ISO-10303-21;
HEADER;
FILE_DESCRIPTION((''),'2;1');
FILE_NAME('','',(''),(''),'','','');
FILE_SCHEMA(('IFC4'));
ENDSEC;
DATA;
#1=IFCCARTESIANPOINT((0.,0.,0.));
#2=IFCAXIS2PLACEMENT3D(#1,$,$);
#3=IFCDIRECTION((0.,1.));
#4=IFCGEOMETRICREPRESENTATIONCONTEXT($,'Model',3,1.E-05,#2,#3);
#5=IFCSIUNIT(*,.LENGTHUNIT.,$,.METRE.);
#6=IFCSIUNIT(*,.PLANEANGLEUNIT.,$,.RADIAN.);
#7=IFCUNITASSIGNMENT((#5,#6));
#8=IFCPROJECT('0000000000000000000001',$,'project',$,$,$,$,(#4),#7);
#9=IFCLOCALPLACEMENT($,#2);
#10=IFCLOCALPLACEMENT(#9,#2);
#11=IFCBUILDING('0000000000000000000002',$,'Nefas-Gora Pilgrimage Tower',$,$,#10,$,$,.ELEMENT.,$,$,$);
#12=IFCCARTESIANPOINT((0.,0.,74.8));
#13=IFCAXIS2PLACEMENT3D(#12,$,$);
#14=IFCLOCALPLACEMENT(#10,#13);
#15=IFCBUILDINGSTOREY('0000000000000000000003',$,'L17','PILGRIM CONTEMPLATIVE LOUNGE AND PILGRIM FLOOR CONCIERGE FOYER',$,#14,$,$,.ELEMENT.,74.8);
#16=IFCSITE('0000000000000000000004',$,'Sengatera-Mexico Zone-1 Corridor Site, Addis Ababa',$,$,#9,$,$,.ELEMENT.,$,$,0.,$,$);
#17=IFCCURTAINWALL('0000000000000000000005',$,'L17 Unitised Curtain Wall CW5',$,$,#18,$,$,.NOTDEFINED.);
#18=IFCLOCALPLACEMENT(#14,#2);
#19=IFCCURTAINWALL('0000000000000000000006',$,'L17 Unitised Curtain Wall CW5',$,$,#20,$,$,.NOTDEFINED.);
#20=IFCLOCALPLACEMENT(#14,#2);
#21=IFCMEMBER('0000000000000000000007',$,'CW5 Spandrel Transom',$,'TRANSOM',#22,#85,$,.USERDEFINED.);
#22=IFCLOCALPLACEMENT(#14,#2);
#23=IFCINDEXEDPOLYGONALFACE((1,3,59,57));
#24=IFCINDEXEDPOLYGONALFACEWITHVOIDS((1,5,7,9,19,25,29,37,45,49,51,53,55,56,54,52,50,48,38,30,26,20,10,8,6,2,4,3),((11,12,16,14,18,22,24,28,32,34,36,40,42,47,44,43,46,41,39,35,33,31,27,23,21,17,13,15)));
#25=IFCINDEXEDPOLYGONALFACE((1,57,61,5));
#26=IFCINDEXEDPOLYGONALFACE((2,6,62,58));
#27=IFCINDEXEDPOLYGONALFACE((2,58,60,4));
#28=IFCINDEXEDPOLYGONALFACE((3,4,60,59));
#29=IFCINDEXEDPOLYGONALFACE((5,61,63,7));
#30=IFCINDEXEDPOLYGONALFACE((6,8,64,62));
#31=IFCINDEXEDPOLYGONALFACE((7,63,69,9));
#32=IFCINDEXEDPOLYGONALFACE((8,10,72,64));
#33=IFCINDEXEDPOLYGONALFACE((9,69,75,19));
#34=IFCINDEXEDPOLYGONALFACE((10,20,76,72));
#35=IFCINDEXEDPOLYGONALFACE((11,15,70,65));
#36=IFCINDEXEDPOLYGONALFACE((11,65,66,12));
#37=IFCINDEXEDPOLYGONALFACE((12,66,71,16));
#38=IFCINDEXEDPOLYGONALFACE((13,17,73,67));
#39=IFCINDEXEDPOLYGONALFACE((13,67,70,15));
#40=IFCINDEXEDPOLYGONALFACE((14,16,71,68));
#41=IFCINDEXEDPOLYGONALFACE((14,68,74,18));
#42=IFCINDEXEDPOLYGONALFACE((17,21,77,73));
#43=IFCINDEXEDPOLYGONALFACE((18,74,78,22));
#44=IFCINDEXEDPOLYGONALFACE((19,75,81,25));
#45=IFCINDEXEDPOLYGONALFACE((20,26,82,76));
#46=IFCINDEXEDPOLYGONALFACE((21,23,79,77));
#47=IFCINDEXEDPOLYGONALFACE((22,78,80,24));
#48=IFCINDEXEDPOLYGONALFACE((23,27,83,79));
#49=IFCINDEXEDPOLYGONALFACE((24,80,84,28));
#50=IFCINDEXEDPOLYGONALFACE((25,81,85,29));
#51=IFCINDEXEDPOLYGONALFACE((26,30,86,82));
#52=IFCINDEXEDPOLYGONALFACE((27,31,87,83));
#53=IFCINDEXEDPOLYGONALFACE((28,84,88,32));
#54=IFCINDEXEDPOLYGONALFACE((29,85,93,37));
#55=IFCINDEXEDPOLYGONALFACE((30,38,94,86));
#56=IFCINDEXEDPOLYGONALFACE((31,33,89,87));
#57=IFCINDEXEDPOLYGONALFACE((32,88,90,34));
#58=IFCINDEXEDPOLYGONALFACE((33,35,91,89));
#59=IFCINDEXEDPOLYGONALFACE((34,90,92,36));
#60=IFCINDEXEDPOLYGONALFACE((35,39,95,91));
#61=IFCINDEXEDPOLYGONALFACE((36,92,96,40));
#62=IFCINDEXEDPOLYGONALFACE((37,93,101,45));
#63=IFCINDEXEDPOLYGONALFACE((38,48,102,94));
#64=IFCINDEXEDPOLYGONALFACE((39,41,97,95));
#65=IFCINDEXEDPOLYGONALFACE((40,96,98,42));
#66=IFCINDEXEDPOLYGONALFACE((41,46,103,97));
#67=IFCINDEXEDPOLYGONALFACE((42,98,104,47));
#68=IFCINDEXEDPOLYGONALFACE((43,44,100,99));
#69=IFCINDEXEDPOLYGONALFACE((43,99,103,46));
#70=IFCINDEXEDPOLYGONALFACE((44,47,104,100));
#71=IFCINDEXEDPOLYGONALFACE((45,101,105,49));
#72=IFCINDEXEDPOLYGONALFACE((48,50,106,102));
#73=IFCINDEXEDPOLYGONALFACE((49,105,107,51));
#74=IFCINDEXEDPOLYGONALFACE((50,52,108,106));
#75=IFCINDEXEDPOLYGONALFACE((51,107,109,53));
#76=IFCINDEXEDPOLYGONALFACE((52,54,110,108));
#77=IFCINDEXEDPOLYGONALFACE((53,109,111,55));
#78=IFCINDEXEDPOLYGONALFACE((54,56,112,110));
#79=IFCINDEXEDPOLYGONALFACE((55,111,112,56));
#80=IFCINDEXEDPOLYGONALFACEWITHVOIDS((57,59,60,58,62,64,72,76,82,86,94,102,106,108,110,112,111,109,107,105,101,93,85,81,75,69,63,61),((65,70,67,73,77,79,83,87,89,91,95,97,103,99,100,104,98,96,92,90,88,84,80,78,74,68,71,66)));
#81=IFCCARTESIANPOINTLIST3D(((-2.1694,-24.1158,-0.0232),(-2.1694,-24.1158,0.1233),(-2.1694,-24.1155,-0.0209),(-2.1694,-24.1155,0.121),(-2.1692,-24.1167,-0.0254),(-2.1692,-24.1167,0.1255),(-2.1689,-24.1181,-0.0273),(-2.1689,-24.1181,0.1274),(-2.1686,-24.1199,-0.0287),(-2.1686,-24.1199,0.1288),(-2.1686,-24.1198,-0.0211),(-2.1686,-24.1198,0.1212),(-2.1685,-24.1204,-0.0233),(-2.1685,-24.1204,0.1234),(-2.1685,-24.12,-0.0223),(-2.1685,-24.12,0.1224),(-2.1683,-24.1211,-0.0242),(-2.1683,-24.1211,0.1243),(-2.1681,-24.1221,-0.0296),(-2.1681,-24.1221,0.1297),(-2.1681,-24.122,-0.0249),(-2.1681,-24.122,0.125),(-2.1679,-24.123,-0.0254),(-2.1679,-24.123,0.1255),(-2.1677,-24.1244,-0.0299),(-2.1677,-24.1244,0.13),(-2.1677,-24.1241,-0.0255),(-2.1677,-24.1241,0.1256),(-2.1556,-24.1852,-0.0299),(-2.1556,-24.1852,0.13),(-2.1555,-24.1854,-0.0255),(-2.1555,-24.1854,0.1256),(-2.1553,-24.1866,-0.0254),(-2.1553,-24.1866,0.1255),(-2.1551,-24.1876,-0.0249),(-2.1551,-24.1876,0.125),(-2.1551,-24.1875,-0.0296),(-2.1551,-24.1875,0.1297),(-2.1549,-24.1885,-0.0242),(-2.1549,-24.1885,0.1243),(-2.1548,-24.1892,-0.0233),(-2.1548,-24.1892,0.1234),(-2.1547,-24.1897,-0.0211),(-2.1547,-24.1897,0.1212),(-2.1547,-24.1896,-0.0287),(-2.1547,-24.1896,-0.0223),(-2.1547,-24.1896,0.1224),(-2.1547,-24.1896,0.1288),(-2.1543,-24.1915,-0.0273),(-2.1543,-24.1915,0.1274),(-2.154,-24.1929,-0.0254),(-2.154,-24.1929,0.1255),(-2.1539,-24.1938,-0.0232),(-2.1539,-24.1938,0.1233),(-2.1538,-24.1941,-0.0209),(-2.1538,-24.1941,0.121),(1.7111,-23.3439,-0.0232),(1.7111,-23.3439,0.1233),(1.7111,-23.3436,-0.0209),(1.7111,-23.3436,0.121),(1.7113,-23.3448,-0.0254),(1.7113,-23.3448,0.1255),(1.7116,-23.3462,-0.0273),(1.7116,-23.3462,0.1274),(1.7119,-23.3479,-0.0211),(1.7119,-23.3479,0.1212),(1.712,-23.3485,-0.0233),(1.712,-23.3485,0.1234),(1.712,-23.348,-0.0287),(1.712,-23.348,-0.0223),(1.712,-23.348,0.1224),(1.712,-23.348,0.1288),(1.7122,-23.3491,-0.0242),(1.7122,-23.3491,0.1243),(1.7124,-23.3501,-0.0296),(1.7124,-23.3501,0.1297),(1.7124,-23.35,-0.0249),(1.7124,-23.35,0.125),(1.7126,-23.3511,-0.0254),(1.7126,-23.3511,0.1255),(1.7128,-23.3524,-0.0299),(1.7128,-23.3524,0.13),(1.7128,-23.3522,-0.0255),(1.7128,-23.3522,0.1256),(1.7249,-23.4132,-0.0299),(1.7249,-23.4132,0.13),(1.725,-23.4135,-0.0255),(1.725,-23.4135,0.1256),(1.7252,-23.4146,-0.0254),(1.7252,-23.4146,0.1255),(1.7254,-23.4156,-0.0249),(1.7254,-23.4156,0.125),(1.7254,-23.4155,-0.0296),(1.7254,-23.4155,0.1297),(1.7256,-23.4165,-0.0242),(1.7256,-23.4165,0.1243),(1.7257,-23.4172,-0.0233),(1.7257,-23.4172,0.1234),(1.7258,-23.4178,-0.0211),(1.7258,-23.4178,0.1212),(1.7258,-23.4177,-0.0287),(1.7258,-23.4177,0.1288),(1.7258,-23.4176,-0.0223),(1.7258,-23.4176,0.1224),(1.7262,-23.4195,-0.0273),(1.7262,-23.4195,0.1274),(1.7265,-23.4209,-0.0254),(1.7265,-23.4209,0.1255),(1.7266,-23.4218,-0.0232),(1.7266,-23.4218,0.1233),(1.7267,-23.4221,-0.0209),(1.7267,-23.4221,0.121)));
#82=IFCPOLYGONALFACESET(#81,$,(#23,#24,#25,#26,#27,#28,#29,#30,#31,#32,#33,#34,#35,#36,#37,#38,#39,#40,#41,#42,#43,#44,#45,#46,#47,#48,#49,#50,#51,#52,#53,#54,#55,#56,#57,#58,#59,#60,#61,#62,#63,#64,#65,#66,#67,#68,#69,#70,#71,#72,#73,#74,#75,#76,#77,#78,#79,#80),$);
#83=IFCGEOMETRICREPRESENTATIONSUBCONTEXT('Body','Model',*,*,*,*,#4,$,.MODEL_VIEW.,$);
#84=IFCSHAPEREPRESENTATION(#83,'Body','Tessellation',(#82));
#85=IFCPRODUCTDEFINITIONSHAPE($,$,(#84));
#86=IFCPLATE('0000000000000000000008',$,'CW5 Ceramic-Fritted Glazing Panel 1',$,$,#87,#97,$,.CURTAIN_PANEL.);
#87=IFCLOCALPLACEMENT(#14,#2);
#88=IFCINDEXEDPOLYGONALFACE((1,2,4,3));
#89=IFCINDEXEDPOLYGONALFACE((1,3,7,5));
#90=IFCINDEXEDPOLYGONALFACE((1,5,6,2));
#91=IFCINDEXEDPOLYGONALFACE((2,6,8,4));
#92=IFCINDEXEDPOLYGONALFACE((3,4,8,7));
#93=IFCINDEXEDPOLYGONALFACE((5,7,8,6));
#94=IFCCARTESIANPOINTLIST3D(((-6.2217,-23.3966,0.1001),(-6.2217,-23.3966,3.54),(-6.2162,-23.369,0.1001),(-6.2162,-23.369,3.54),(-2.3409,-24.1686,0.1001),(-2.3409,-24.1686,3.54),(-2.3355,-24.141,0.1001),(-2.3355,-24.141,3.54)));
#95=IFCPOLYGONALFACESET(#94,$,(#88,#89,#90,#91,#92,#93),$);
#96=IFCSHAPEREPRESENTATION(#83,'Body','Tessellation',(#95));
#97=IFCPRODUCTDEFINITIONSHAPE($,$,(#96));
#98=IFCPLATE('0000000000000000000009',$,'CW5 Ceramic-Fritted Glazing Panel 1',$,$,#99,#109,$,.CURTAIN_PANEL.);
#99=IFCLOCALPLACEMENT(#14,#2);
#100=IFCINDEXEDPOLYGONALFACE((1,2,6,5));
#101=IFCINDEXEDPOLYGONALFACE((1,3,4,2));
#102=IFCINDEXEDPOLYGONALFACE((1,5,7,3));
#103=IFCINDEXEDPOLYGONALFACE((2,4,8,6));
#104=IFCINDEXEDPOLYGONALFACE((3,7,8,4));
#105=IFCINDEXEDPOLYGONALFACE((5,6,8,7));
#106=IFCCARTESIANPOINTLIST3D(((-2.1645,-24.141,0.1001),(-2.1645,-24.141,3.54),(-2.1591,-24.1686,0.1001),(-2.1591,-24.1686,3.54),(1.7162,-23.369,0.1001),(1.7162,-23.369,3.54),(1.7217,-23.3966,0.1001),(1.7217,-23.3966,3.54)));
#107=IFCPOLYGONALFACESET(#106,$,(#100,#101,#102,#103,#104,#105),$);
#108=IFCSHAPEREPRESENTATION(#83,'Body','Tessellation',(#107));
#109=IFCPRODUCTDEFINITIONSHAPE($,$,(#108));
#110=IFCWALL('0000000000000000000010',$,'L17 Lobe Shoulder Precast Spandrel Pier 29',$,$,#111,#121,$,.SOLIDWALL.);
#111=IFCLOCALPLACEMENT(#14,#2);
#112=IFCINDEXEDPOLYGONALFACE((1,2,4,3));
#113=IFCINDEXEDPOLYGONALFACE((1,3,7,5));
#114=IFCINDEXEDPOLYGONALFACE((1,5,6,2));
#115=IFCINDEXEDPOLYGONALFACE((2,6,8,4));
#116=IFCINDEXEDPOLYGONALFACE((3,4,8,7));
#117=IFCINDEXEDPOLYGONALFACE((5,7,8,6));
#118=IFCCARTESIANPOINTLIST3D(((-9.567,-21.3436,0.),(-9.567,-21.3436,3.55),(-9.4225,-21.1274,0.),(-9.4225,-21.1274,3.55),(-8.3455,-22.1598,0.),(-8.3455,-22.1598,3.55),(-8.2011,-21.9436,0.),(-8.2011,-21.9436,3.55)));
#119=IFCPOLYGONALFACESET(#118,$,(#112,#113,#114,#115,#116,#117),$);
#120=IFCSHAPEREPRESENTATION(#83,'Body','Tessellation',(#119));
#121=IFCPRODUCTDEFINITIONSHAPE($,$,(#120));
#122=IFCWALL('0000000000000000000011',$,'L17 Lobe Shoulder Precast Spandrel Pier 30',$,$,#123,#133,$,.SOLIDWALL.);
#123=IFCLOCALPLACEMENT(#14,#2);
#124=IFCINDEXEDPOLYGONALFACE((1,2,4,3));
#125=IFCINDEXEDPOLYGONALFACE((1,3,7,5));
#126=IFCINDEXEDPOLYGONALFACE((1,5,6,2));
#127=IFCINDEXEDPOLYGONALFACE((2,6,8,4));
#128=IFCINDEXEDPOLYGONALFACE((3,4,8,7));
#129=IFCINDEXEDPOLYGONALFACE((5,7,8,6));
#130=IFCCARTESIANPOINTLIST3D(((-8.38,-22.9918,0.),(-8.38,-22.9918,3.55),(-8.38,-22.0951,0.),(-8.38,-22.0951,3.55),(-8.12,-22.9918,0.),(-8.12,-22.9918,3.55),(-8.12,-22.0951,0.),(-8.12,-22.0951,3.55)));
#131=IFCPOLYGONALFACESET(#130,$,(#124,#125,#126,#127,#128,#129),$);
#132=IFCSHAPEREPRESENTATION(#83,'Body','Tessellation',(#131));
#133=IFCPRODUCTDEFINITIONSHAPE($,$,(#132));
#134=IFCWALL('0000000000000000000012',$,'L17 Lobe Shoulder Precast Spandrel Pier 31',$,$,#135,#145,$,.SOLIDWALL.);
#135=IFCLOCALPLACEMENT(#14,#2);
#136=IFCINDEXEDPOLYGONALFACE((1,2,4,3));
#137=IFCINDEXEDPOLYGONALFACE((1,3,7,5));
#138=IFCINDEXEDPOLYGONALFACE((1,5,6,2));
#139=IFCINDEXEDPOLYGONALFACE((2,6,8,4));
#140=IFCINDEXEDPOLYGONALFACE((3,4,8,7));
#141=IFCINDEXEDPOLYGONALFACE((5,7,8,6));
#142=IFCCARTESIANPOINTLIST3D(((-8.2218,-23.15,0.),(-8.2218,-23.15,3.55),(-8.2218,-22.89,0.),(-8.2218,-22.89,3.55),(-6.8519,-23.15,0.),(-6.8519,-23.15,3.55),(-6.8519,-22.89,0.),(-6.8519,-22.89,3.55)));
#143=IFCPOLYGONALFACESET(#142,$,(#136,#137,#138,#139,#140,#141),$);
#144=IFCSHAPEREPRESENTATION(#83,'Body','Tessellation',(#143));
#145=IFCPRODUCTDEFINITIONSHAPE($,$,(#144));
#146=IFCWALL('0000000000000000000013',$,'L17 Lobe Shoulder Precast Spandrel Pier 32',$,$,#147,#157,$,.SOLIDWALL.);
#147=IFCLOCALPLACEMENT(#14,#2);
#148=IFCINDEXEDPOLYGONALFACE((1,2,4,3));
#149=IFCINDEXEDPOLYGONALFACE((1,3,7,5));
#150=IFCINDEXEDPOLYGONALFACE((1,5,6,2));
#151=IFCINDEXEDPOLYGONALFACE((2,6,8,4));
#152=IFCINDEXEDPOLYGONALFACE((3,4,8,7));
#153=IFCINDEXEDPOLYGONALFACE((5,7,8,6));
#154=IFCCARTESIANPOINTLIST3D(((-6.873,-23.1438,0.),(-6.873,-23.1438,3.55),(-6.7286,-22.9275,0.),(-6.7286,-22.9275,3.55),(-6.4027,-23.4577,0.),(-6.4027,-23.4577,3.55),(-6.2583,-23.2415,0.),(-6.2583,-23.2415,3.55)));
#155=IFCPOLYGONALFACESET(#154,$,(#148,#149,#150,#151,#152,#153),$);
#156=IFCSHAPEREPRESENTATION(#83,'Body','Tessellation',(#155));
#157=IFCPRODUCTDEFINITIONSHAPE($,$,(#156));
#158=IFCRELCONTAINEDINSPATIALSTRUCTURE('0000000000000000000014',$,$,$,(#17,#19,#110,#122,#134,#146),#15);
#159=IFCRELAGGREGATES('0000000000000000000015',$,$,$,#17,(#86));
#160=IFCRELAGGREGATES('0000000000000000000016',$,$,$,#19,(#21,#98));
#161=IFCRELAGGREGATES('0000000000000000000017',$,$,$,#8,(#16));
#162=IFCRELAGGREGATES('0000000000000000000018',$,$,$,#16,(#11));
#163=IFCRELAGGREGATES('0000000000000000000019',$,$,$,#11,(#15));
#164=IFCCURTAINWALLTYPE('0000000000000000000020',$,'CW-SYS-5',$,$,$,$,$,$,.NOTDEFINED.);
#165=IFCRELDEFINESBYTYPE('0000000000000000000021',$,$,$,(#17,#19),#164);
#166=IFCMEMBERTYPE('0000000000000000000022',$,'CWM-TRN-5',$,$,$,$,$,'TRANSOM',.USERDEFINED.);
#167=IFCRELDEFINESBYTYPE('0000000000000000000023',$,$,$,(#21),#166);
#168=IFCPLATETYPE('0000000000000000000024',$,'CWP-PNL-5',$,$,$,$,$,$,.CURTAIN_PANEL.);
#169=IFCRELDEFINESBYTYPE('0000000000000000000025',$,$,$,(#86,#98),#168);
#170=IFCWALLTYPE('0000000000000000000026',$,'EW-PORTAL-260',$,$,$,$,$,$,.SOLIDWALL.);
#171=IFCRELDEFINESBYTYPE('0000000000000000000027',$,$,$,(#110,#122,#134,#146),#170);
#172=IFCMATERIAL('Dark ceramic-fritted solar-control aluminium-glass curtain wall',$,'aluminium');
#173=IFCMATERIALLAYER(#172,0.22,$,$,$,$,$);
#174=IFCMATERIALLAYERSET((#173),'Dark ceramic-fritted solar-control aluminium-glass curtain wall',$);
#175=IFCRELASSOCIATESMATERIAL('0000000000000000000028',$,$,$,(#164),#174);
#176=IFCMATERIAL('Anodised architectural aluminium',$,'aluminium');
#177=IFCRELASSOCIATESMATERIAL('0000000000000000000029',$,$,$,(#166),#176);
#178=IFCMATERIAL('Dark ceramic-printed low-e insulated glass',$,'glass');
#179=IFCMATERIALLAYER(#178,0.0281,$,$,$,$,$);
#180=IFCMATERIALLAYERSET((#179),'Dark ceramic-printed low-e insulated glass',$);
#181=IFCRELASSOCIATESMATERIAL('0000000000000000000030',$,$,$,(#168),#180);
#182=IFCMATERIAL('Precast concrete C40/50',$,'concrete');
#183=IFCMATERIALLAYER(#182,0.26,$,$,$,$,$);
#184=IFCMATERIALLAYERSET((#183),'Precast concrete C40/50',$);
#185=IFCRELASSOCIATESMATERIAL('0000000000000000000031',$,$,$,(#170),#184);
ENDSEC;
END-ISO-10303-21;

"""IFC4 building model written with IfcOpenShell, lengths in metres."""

from ifc_helpers import new_model, si_unit, direction, frame, frame_2d, origin, origin_2d, place, context, subcontext, project, spatial, rectangle, hollow_rectangle, extrude, source, transform, mapped, material, layer, layer_set, material_profile, profile_set, type_object, element, aggregate, save


model = new_model("IFC4")

# Units and contexts
model_context = context("Model", 3, precision=1e-05, world=origin(), true_north=direction((0.0, 1.0)))
body_context = subcontext(model_context, "Body", "Model", "MODEL_VIEW")
ifc_project = project(units=[si_unit("LENGTHUNIT", "METRE"), si_unit("PLANEANGLEUNIT", "RADIAN")], contexts=[model_context])

# Site, building, storey
site_placement = place(None, origin())
site = spatial("IfcSite", under=ifc_project, at=site_placement, Name="Sengatera-Mexico Zone-1 Corridor Site, Addis Ababa", CompositionType="ELEMENT", RefElevation=0.0)
building_placement = place(site_placement, origin())
building = spatial("IfcBuilding", under=site, at=building_placement, Name="Nefas-Gora Pilgrimage Tower", CompositionType="ELEMENT")
storey_placement = place(building_placement, frame((0.0, 0.0, 74.8)))
storey = spatial("IfcBuildingStorey", under=building, at=storey_placement, Name="L17", Description="PILGRIM CONTEMPLATIVE LOUNGE AND PILGRIM FLOOR CONCIERGE FOYER", CompositionType="ELEMENT", Elevation=74.8)

# Shared definitions
ifc_material_1 = material(Name="Dark ceramic-fritted solar-control aluminium-glass curtain wall", Category="aluminium")
ifc_layer_1 = layer(ifc_material_1, 0.22)
ifc_layer_set_1 = layer_set([ifc_layer_1], Name="Dark ceramic-fritted solar-control aluminium-glass curtain wall")
curtain_wall_type = type_object("IfcCurtainWallType", Name="CW-SYS-5", PredefinedType="NOTDEFINED", material=ifc_layer_set_1)
ifc_material_2 = material(Name="Anodised architectural aluminium", Category="aluminium")

# Curtain wall
curtain_wall_1_placement = place(storey_placement, origin())
curtain_wall_1 = element("IfcCurtainWall", 1, at=curtain_wall_1_placement, inside=storey, type_object=curtain_wall_type, Name="L17 Unitised Curtain Wall CW5", PredefinedType="NOTDEFINED")

# Curtain wall
curtain_wall_2_placement = place(storey_placement, origin())
curtain_wall_2 = element("IfcCurtainWall", 2, at=curtain_wall_2_placement, inside=storey, type_object=curtain_wall_type, Name="L17 Unitised Curtain Wall CW5", PredefinedType="NOTDEFINED")

# Member
ifc_material_profile_1 = material_profile(ifc_material_2, hollow_rectangle(XDim=0.0801, YDim=0.1599, WallThickness=0.0044, InnerFilletRadius=0.0044, OuterFilletRadius=0.009, at=origin_2d()), Name="ALU TRANSOM 80x160")
ifc_profile_set_1 = profile_set([ifc_material_profile_1], Name="Anodised architectural aluminium")
member_type_1 = type_object("IfcMemberType", Name="CWM-TRN-5", ElementType="TRANSOM", PredefinedType="USERDEFINED", material=ifc_profile_set_1)
shared_shape_1 = source(origin(), body_context, "Body", "SweptSolid", [
    extrude(hollow_rectangle(XDim=0.0801, YDim=0.1599, WallThickness=0.0044, InnerFilletRadius=0.0044, OuterFilletRadius=0.009, at=origin_2d()), origin(), (0.0, 0.0, 1.0), 3.9565),
])
member_1_placement = place(storey_placement, frame((-2.1616, -24.1548, 0.05), z_axis=(0.980782, 0.195107, 0.0), x_axis=(-0.195107, 0.980782, 0.0)))
member_1 = element("IfcMember", 3, at=member_1_placement, type_object=member_type_1, Name="CW5 Spandrel Transom", ObjectType="TRANSOM", PredefinedType="USERDEFINED", context=body_context, shape_type="MappedRepresentation", body=[
    mapped(shared_shape_1, transform((0.0, 0.0, 0.0), x_axis=(1.0, 0.0, 0.0), y_axis=(0.0, 1.0, 0.0), z_axis=(0.0, 0.0, 1.0), scale=1.0)),
])

# Plates
ifc_material_3 = material(Name="Dark ceramic-printed low-e insulated glass", Category="glass")
ifc_layer_2 = layer(ifc_material_3, 0.0281)
ifc_layer_set_2 = layer_set([ifc_layer_2], Name="Dark ceramic-printed low-e insulated glass")
plate_type = type_object("IfcPlateType", Name="CWP-PNL-5", PredefinedType="CURTAIN_PANEL", material=ifc_layer_set_2)
shared_shape_2 = source(origin(), body_context, "Body", "SweptSolid", [
    extrude(rectangle(XDim=3.9568, YDim=0.0281, at=origin_2d()), origin(), (0.0, 0.0, 1.0), 3.4399),
])
plate_1_placement = place(storey_placement, frame((-4.2786, -23.7688, 0.1001), z_axis=(0.0, 0.0, 1.0), x_axis=(0.980783, -0.195102, 0.0)))
plate_1 = element("IfcPlate", 4, at=plate_1_placement, type_object=plate_type, Name="CW5 Ceramic-Fritted Glazing Panel 1", PredefinedType="CURTAIN_PANEL", context=body_context, shape_type="MappedRepresentation", body=[
    mapped(shared_shape_2, transform((0.0, 0.0, 0.0), x_axis=(1.0, 0.0, 0.0), y_axis=(0.0, 1.0, 0.0), z_axis=(0.0, 0.0, 1.0), scale=1.0)),
])
aggregate(curtain_wall_1, [plate_1])
plate_2_placement = place(storey_placement, frame((-0.2214, -23.7688, 0.1001), z_axis=(0.0, 0.0, 1.0), x_axis=(0.980783, 0.195102, 0.0)))
plate_2 = element("IfcPlate", 5, at=plate_2_placement, type_object=plate_type, Name="CW5 Ceramic-Fritted Glazing Panel 1", PredefinedType="CURTAIN_PANEL", context=body_context, shape_type="MappedRepresentation", body=[
    mapped(shared_shape_2, transform((0.0, 0.0, 0.0), x_axis=(1.0, 0.0, 0.0), y_axis=(0.0, 1.0, 0.0), z_axis=(0.0, 0.0, 1.0), scale=1.0)),
])
aggregate(curtain_wall_2, [member_1, plate_2])

# Walls
ifc_material_4 = material(Name="Precast concrete C40/50", Category="concrete")
ifc_layer_3 = layer(ifc_material_4, 0.26)
ifc_layer_set_3 = layer_set([ifc_layer_3], Name="Precast concrete C40/50")
wall_type_1 = type_object("IfcWallType", Name="EW-PORTAL-260", PredefinedType="SOLIDWALL", material=ifc_layer_set_3)
shared_shape_3 = source(origin(), body_context, "Body", "SweptSolid", [
    extrude(rectangle(XDim=1.469, YDim=0.26, at=frame_2d((0.7344, 0.0))), origin(), (0.0, 0.0, 1.0), 3.55),
])
wall_1_placement = place(storey_placement, frame((-9.4946, -21.2356, 0.0), z_axis=(0.0, 0.0, 1.0), x_axis=(0.831462, -0.555582, 0.0)))
element("IfcWall", 6, at=wall_1_placement, inside=storey, type_object=wall_type_1, Name="L17 Lobe Shoulder Precast Spandrel Pier 29", PredefinedType="SOLIDWALL", context=body_context, shape_type="MappedRepresentation", body=[
    mapped(shared_shape_3, transform((0.0, 0.0, 0.0), x_axis=(1.0, 0.0, 0.0), y_axis=(0.0, 1.0, 0.0), z_axis=(0.0, 0.0, 1.0), scale=1.0)),
])
shared_shape_4 = source(origin(), body_context, "Body", "SweptSolid", [
    extrude(rectangle(XDim=0.8967, YDim=0.26, at=frame_2d((0.4482, 0.0))), origin(), (0.0, 0.0, 1.0), 3.55),
])
wall_2_placement = place(storey_placement, frame((-8.25, -22.0952, 0.0), z_axis=(0.0, 0.0, 1.0), x_axis=(0.0, -1.0, 0.0)))
element("IfcWall", 7, at=wall_2_placement, inside=storey, type_object=wall_type_1, Name="L17 Lobe Shoulder Precast Spandrel Pier 30", PredefinedType="SOLIDWALL", context=body_context, shape_type="MappedRepresentation", body=[
    mapped(shared_shape_4, transform((0.0, 0.0, 0.0), x_axis=(1.0, 0.0, 0.0), y_axis=(0.0, 1.0, 0.0), z_axis=(0.0, 0.0, 1.0), scale=1.0)),
])
shared_shape_5 = source(origin(), body_context, "Body", "SweptSolid", [
    extrude(rectangle(XDim=1.3699, YDim=0.26, at=frame_2d((0.6851, 0.0))), origin(), (0.0, 0.0, 1.0), 3.55),
])
wall_3_placement = place(storey_placement, frame((-8.2219, -23.02, 0.0), z_axis=(0.0, 0.0, 1.0), x_axis=(1.0, 0.0, 0.0)))
element("IfcWall", 8, at=wall_3_placement, inside=storey, type_object=wall_type_1, Name="L17 Lobe Shoulder Precast Spandrel Pier 31", PredefinedType="SOLIDWALL", context=body_context, shape_type="MappedRepresentation", body=[
    mapped(shared_shape_5, transform((0.0, 0.0, 0.0), x_axis=(1.0, 0.0, 0.0), y_axis=(0.0, 1.0, 0.0), z_axis=(0.0, 0.0, 1.0), scale=1.0)),
])
shared_shape_6 = source(origin(), body_context, "Body", "SweptSolid", [
    extrude(rectangle(XDim=0.5654, YDim=0.26, at=frame_2d((0.2827, 0.0))), origin(), (0.0, 0.0, 1.0), 3.55),
])
wall_4_placement = place(storey_placement, frame((-6.8008, -23.0356, 0.0), z_axis=(0.0, 0.0, 1.0), x_axis=(0.831651, -0.555298, 0.0)))
element("IfcWall", 9, at=wall_4_placement, inside=storey, type_object=wall_type_1, Name="L17 Lobe Shoulder Precast Spandrel Pier 32", PredefinedType="SOLIDWALL", context=body_context, shape_type="MappedRepresentation", body=[
    mapped(shared_shape_6, transform((0.0, 0.0, 0.0), x_axis=(1.0, 0.0, 0.0), y_axis=(0.0, 1.0, 0.0), z_axis=(0.0, 0.0, 1.0), scale=1.0)),
])

save(model, "model.ifc")
